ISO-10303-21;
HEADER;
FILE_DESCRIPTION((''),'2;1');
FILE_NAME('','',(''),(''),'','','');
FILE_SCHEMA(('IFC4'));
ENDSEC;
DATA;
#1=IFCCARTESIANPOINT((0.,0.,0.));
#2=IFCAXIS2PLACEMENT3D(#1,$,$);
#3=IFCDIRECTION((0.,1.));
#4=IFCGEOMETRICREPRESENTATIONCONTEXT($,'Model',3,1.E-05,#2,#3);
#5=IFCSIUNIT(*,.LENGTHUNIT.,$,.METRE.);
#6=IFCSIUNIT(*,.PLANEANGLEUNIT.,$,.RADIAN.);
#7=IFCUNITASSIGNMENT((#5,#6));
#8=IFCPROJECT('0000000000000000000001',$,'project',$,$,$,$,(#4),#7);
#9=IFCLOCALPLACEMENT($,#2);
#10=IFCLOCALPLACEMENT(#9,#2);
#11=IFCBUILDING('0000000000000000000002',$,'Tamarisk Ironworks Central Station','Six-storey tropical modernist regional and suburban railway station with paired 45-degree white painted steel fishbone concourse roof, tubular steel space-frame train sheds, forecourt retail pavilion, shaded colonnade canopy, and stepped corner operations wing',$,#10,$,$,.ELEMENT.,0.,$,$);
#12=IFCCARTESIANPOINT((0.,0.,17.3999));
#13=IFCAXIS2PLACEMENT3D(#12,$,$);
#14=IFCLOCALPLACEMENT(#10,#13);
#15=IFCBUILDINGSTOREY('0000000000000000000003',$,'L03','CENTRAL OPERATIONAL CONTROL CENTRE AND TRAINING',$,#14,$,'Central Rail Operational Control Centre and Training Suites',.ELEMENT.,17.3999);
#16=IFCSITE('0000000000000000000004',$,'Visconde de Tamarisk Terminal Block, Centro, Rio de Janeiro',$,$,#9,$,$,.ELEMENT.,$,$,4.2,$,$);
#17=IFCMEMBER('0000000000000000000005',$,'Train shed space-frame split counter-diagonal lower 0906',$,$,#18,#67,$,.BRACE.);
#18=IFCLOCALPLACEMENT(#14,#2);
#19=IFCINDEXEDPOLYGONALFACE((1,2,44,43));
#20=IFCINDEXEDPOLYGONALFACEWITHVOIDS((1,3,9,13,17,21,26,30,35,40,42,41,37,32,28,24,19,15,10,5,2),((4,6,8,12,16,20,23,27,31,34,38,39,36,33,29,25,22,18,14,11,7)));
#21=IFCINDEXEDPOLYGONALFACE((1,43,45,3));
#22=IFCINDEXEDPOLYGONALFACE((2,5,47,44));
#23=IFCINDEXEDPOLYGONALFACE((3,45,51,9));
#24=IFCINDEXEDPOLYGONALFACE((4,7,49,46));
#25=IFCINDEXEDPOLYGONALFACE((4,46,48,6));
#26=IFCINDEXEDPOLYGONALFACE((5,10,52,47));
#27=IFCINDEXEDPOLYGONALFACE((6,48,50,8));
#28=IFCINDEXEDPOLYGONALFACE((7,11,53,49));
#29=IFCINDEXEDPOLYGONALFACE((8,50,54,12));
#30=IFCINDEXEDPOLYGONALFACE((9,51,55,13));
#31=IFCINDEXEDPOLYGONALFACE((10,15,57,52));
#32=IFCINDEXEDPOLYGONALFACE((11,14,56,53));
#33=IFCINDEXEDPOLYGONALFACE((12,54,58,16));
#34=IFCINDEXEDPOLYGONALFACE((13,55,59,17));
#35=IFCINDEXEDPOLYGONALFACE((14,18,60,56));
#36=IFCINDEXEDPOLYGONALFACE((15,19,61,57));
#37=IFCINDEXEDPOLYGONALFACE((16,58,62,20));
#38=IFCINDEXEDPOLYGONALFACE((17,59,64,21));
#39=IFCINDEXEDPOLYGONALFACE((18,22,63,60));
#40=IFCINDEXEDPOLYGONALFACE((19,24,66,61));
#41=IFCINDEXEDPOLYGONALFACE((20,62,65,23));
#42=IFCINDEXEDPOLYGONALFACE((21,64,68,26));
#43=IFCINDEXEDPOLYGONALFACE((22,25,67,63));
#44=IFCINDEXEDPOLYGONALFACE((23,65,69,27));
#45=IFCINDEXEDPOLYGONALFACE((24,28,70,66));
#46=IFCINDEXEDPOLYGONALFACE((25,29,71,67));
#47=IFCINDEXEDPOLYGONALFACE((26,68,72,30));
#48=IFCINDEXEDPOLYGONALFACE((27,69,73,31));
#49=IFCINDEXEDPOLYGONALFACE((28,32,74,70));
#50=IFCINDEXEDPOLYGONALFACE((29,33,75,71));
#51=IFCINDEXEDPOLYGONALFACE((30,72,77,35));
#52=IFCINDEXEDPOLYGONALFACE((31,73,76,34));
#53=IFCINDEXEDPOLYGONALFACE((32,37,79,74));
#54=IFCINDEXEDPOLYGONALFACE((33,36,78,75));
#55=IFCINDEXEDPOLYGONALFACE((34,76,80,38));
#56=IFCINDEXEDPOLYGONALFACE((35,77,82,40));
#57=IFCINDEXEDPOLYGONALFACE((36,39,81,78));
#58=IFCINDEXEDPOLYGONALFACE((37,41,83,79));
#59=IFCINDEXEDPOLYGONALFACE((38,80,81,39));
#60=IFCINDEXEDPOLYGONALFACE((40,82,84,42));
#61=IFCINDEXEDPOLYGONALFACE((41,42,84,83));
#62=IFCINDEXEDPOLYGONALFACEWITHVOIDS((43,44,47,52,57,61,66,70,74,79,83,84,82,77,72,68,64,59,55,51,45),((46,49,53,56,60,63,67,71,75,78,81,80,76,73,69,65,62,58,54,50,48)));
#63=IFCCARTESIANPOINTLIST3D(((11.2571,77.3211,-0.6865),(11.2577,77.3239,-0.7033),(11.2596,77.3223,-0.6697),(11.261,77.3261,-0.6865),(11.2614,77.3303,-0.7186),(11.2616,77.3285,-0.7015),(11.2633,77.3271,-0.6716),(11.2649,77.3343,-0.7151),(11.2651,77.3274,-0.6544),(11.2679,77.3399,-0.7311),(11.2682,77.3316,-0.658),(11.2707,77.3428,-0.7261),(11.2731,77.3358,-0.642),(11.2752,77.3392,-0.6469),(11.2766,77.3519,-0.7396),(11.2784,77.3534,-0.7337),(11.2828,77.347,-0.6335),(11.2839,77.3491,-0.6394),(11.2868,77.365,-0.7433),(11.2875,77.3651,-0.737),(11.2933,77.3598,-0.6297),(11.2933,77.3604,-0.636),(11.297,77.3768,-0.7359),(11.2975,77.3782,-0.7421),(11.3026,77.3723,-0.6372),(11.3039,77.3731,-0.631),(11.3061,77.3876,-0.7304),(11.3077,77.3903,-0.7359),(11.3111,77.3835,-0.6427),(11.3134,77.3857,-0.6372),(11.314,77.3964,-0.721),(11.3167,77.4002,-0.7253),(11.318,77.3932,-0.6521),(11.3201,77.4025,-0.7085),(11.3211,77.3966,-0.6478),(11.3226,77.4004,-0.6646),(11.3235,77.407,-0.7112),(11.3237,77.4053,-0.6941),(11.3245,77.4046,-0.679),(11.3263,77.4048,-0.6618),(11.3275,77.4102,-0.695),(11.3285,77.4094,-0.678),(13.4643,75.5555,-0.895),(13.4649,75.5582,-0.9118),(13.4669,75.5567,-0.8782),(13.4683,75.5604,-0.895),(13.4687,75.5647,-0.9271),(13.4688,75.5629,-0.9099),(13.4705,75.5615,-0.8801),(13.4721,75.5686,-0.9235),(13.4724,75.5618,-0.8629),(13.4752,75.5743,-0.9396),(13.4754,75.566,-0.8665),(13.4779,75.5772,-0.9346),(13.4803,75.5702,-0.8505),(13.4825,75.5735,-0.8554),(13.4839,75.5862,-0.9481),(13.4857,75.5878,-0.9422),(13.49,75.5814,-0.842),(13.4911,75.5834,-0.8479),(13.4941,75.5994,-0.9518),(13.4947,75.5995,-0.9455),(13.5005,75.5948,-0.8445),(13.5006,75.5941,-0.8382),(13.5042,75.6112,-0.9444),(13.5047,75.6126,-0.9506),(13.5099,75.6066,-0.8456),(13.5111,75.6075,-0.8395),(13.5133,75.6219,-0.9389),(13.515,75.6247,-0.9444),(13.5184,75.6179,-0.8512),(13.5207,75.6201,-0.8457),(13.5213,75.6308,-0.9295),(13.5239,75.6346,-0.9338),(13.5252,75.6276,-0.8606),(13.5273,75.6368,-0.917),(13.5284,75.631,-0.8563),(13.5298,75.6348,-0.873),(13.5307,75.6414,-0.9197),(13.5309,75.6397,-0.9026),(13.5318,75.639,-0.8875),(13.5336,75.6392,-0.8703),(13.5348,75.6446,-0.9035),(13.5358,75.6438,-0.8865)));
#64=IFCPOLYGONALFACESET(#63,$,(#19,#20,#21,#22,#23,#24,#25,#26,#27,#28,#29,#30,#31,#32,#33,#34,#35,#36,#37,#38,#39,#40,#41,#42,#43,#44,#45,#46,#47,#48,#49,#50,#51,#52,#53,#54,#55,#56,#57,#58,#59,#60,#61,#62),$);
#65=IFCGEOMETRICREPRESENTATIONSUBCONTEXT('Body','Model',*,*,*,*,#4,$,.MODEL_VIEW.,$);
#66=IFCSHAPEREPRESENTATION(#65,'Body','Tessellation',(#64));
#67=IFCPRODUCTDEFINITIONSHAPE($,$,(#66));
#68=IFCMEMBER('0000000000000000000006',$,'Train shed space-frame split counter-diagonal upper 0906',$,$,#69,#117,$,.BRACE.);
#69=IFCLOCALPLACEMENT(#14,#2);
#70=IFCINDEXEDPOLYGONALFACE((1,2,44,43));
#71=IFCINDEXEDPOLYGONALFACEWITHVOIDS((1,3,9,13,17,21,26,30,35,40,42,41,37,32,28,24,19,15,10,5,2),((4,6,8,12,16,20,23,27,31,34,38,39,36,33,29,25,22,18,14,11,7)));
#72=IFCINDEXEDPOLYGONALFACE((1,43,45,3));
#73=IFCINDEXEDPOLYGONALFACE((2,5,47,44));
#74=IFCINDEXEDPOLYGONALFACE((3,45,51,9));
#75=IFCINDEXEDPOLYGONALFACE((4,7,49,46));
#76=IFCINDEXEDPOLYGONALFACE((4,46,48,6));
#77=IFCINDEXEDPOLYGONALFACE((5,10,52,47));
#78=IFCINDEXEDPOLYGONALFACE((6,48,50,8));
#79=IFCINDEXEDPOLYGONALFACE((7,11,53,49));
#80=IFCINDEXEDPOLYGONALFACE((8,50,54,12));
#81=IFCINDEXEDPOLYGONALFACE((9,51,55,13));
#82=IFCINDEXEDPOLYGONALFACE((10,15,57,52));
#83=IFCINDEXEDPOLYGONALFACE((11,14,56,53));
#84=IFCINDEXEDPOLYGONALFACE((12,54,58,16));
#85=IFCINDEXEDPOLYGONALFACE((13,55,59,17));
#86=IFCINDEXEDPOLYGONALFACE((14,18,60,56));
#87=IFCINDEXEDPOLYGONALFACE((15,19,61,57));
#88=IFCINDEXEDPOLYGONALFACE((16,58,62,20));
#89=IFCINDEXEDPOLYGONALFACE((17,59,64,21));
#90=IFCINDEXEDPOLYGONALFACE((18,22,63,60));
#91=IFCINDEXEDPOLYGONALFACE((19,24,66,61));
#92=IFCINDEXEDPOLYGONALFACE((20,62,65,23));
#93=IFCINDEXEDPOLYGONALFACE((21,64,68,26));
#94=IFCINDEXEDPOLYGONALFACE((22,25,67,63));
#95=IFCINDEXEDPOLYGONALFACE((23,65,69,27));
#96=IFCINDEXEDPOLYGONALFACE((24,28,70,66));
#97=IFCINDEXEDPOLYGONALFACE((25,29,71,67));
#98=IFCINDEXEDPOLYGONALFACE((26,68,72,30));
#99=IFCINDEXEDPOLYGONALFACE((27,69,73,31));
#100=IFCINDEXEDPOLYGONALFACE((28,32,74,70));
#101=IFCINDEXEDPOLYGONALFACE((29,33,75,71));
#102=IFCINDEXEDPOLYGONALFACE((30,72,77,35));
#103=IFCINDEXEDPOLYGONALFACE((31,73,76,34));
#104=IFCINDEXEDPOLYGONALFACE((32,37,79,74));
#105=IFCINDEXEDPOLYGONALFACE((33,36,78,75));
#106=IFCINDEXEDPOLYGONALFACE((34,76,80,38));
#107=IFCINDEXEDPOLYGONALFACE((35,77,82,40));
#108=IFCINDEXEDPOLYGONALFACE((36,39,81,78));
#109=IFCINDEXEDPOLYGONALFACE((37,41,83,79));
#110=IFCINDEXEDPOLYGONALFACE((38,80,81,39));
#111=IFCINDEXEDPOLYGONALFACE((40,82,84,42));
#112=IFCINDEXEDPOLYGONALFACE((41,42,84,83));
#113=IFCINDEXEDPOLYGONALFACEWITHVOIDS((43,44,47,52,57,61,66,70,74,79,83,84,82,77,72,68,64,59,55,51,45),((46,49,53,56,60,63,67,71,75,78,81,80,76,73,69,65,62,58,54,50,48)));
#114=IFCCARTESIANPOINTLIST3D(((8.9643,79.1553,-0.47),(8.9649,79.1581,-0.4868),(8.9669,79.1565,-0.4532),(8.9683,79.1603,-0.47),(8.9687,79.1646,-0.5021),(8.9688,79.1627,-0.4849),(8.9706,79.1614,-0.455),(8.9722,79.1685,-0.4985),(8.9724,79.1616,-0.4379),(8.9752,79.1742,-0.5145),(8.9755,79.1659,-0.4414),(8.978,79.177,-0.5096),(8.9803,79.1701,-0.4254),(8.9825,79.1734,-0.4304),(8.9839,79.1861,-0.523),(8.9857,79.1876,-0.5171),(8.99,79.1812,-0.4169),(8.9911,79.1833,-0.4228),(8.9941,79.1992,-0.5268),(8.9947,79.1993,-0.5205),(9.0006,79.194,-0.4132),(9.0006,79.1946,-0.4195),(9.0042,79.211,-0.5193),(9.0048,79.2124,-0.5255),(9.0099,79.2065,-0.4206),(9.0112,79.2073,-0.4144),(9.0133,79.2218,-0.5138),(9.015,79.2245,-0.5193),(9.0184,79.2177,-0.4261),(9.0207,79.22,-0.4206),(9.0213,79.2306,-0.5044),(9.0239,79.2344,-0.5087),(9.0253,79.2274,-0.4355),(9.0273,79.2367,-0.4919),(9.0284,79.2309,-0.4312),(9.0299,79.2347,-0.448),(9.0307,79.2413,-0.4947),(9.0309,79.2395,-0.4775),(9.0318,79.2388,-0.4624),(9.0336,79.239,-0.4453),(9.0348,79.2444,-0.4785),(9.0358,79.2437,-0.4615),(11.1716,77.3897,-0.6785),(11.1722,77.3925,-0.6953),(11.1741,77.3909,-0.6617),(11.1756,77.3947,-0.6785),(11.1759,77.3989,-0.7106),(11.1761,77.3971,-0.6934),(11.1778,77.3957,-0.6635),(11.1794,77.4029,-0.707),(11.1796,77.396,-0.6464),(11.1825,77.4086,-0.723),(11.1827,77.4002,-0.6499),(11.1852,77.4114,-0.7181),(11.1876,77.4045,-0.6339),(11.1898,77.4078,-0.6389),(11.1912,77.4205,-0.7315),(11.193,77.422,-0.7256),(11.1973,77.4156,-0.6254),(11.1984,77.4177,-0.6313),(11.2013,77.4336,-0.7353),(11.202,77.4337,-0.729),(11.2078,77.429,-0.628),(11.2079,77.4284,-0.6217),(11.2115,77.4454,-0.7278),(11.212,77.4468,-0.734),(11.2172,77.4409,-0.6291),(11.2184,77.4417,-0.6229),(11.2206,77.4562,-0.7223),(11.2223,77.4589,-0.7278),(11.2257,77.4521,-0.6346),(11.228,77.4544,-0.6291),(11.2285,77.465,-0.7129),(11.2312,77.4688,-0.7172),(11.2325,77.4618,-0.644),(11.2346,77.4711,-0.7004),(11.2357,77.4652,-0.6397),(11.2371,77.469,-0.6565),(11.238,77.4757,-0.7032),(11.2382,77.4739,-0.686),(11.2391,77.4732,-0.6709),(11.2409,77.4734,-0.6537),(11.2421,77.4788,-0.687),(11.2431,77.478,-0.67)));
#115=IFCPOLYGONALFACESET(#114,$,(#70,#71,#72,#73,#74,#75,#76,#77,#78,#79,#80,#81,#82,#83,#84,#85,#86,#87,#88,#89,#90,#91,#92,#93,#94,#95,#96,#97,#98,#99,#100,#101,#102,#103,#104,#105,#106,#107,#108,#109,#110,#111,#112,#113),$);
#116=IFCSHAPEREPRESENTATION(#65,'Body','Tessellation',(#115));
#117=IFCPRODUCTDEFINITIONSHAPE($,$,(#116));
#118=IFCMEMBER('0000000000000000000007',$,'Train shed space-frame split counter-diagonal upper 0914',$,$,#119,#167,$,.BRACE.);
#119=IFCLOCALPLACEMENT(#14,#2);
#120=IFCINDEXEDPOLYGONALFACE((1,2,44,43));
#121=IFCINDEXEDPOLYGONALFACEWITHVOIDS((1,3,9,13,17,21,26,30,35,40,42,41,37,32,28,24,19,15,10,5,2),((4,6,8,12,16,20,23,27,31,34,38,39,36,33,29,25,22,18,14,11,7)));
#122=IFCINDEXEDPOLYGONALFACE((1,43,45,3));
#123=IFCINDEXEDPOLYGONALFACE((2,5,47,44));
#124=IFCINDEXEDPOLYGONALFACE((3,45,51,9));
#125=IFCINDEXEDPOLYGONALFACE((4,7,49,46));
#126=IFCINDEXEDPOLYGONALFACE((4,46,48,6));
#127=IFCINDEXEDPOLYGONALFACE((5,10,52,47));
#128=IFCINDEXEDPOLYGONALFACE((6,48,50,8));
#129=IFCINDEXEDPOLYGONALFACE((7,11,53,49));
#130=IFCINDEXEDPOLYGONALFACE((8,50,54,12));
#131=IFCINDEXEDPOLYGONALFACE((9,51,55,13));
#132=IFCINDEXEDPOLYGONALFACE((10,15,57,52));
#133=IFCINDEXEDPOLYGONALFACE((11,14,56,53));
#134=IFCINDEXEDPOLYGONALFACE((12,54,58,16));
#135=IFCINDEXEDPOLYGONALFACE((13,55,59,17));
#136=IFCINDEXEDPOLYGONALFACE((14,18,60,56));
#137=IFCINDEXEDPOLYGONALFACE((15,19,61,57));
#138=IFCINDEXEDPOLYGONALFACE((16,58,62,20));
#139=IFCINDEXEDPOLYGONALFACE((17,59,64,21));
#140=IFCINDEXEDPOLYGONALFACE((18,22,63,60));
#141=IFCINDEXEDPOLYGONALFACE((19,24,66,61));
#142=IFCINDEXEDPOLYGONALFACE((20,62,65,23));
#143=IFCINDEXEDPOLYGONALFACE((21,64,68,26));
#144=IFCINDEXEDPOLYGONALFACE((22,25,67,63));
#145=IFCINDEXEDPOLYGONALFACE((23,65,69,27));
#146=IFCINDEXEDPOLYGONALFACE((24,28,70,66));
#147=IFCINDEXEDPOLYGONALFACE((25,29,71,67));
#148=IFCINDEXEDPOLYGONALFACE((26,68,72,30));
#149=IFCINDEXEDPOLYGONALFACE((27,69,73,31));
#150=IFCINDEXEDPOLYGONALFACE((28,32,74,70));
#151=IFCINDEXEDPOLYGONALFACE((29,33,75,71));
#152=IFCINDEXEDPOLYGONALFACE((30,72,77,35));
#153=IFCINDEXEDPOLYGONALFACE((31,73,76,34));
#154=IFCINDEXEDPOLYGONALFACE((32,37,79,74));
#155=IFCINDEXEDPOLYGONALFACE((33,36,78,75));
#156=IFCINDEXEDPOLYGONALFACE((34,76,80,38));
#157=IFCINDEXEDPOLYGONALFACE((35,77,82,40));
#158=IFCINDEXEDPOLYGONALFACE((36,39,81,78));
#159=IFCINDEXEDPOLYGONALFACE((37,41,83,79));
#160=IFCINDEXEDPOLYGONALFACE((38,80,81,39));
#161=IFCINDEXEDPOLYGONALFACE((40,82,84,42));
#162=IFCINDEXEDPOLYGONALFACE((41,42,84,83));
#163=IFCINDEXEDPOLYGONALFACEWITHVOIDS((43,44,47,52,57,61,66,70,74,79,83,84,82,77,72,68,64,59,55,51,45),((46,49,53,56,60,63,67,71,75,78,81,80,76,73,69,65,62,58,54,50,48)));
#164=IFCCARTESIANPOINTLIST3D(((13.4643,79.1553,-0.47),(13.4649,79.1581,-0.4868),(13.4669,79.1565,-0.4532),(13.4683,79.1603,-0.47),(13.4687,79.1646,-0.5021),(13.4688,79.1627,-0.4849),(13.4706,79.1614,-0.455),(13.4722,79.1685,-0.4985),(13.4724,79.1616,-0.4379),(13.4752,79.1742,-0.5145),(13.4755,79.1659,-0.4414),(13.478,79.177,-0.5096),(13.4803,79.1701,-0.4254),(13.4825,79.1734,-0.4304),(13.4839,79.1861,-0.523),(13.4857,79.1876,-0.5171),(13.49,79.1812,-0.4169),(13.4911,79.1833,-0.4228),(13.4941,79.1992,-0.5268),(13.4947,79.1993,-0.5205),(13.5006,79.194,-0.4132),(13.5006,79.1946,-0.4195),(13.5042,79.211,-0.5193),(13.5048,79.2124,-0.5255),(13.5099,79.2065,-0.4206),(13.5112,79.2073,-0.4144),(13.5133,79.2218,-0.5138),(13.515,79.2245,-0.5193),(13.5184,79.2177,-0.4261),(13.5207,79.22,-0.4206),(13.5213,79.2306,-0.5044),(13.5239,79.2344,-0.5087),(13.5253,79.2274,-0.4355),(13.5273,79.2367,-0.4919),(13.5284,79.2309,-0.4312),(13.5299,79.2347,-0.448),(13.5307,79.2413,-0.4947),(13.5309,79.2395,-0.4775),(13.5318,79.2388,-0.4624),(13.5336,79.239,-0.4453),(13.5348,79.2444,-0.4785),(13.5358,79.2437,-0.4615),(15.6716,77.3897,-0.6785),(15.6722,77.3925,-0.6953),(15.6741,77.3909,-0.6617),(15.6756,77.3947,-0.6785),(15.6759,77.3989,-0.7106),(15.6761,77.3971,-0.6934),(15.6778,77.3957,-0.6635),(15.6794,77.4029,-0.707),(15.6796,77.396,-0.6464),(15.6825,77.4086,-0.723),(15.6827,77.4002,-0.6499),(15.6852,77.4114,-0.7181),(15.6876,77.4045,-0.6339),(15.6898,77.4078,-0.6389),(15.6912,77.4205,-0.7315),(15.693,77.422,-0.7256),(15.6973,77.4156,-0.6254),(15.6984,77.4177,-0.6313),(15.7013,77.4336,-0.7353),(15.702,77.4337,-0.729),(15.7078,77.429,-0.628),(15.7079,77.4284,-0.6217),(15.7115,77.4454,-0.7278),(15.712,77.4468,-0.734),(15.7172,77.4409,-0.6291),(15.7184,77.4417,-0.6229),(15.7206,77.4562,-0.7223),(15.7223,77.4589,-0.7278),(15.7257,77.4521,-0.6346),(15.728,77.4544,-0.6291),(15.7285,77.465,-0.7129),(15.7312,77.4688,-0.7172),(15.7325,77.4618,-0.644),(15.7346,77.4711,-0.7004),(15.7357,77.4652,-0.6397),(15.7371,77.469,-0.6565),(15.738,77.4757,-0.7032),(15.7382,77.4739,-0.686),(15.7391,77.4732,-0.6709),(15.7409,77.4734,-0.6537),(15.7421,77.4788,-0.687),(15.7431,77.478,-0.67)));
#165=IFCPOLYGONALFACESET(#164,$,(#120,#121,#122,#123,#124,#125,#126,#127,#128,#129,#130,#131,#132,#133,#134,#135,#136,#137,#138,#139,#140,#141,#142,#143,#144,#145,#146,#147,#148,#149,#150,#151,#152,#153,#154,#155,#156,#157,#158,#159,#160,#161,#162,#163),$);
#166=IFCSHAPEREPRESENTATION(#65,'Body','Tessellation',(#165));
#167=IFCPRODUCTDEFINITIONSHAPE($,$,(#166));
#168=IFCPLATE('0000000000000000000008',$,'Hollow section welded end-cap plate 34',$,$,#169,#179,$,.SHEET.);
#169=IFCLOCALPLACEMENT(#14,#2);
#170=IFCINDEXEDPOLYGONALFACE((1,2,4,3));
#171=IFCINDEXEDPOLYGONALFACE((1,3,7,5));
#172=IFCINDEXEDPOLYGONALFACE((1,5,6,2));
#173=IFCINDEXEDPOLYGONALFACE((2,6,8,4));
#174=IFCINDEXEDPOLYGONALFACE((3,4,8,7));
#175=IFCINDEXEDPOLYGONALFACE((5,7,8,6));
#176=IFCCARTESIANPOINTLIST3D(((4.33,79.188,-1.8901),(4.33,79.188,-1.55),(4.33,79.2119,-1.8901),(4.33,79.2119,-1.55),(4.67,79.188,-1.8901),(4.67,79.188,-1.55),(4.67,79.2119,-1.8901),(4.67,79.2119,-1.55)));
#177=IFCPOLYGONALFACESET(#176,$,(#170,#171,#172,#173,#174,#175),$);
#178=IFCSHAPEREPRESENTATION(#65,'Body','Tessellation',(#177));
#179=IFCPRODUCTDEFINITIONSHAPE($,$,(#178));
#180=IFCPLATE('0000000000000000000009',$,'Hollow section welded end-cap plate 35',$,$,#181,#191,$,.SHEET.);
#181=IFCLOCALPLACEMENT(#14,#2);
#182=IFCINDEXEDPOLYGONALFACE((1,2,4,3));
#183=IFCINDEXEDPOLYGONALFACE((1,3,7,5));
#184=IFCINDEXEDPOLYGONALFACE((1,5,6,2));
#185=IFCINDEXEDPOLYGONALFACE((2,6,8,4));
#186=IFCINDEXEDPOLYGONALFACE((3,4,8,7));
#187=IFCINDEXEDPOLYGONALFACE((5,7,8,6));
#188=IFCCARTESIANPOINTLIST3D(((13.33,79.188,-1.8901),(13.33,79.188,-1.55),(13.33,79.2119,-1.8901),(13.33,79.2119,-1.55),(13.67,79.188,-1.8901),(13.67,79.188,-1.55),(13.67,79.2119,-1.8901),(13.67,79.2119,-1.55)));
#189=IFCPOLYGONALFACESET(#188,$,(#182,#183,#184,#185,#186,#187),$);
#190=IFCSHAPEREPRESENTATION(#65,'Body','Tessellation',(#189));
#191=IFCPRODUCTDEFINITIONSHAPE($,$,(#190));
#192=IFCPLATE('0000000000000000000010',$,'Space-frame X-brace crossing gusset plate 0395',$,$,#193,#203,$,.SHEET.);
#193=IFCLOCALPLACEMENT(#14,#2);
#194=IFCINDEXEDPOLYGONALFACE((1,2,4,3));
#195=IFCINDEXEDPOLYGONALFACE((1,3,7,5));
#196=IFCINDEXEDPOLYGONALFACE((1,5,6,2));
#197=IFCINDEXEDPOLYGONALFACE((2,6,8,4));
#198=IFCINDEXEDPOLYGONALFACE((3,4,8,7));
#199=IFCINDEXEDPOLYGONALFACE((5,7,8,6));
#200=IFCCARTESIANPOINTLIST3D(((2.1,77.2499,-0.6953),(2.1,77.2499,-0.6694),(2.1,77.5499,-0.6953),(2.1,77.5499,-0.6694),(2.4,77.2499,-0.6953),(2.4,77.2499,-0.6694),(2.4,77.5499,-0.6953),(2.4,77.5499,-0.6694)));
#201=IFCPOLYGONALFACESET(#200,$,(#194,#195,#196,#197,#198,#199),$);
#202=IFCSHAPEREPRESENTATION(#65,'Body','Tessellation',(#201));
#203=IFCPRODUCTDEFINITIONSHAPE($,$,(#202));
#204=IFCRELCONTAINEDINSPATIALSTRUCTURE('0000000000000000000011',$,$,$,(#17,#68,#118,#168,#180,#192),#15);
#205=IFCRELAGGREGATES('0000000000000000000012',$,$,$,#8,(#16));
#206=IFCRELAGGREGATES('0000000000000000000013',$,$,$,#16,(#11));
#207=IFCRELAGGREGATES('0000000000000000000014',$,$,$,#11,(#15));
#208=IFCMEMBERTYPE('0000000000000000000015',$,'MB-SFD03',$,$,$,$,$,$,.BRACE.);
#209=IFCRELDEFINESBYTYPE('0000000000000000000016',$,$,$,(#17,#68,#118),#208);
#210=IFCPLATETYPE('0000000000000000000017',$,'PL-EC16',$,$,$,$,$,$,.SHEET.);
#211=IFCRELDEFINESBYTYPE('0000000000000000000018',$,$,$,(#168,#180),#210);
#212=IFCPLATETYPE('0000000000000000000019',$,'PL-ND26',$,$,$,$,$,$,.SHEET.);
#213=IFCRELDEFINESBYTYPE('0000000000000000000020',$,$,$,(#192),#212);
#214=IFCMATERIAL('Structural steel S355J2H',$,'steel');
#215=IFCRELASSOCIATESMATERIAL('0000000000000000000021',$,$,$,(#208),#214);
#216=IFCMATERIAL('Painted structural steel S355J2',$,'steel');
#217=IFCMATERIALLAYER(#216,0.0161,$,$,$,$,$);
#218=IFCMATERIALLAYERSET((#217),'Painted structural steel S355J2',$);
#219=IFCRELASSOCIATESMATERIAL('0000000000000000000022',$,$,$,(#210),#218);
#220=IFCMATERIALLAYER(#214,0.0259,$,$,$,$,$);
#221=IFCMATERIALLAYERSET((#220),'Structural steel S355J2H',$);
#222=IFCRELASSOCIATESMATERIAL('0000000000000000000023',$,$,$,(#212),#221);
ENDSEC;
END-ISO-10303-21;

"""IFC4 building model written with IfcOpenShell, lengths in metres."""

from ifc_helpers import new_model, si_unit, direction, frame, origin, origin_2d, place, context, subcontext, project, spatial, rectangle, hollow_circle, extrude, material, layer, layer_set, material_profile, profile_set, type_object, element, save


model = new_model("IFC4")

# Units and contexts
model_context = context("Model", 3, precision=1e-05, world=origin(), true_north=direction((0.0, 1.0)))
body_context = subcontext(model_context, "Body", "Model", "MODEL_VIEW")
ifc_project = project(units=[si_unit("LENGTHUNIT", "METRE"), si_unit("PLANEANGLEUNIT", "RADIAN")], contexts=[model_context])

# Site, building, storey
site_placement = place(None, origin())
site = spatial("IfcSite", under=ifc_project, at=site_placement, Name="Visconde de Tamarisk Terminal Block, Centro, Rio de Janeiro", CompositionType="ELEMENT", RefElevation=4.2)
building_placement = place(site_placement, origin())
building = spatial("IfcBuilding", under=site, at=building_placement, Name="Tamarisk Ironworks Central Station", Description="Six-storey tropical modernist regional and suburban railway station with paired 45-degree white painted steel fishbone concourse roof, tubular steel space-frame train sheds, forecourt retail pavilion, shaded colonnade canopy, and stepped corner operations wing", CompositionType="ELEMENT", ElevationOfRefHeight=0.0)
storey_placement = place(building_placement, frame((0.0, 0.0, 17.3999)))
storey = spatial("IfcBuildingStorey", under=building, at=storey_placement, Name="L03", Description="CENTRAL OPERATIONAL CONTROL CENTRE AND TRAINING", LongName="Central Rail Operational Control Centre and Training Suites", CompositionType="ELEMENT", Elevation=17.3999)

# Members
ifc_material_1 = material(Name="Structural steel S355J2H", Category="steel")
ifc_material_profile_1 = material_profile(ifc_material_1, hollow_circle(Radius=0.0571, WallThickness=0.0063, at=origin_2d()), Name="CHS 114.3x6.3")
ifc_profile_set_1 = profile_set([ifc_material_profile_1], Name="Structural steel S355J2H")
member_type_1 = type_object("IfcMemberType", Name="MB-SFD03", PredefinedType="BRACE", material=ifc_profile_set_1)
for number, where, z_axis, x_axis, name in (
    (1, (13.5, 75.6001, -0.895), (-0.778787, 0.62296, 0.073563), (-0.624653, -0.780903, 0.0), "Train shed space-frame split counter-diagonal lower 0906"),
    (2, (11.2073, 77.4343, -0.6785), (-0.778787, 0.62296, 0.073563), (-0.624653, -0.780903, 0.0), "Train shed space-frame split counter-diagonal upper 0906"),
    (3, (15.7073, 77.4343, -0.6785), (-0.778787, 0.62296, 0.073563), (-0.624653, -0.780903, 0.0), "Train shed space-frame split counter-diagonal upper 0914"),
):
    element("IfcMember", number, at=place(storey_placement, frame(where, z_axis=z_axis, x_axis=x_axis)), inside=storey, type_object=member_type_1, Name=name, PredefinedType="BRACE", context=body_context, shape_type="SweptSolid", body=[
        extrude(hollow_circle(Radius=0.0571, WallThickness=0.0063, at=origin_2d()), origin(), (0.0, 0.0, 1.0), 2.8342),
    ])

# Plates
ifc_material_2 = material(Name="Painted structural steel S355J2", Category="steel")
ifc_layer_1 = layer(ifc_material_2, 0.0161)
ifc_layer_set_1 = layer_set([ifc_layer_1], Name="Painted structural steel S355J2")
plate_type_1 = type_object("IfcPlateType", Name="PL-EC16", PredefinedType="SHEET", material=ifc_layer_set_1)
for number, where, z_axis, x_axis, name in (
    (4, (4.5, 79.2, -1.8901), (0.0, 0.0, 1.0), (1.0, 0.0, 0.0), "Hollow section welded end-cap plate 34"),
    (5, (13.5, 79.2, -1.8901), (0.0, 0.0, 1.0), (1.0, 0.0, 0.0), "Hollow section welded end-cap plate 35"),
):
    element("IfcPlate", number, at=place(storey_placement, frame(where, z_axis=z_axis, x_axis=x_axis)), inside=storey, type_object=plate_type_1, Name=name, PredefinedType="SHEET", context=body_context, shape_type="SweptSolid", body=[
        extrude(rectangle(XDim=0.3401, YDim=0.0239, at=origin_2d()), origin(), (0.0, 0.0, 1.0), 0.3401),
    ])
ifc_layer_2 = layer(ifc_material_1, 0.0259)
ifc_layer_set_2 = layer_set([ifc_layer_2], Name="Structural steel S355J2H")
plate_type_2 = type_object("IfcPlateType", Name="PL-ND26", PredefinedType="SHEET", material=ifc_layer_set_2)
plate_1_placement = place(storey_placement, frame((2.25, 77.3999, -0.6953), z_axis=(0.0, 0.0, 1.0), x_axis=(1.0, 0.0, 0.0)))
element("IfcPlate", 6, at=plate_1_placement, inside=storey, type_object=plate_type_2, Name="Space-frame X-brace crossing gusset plate 0395", PredefinedType="SHEET", context=body_context, shape_type="SweptSolid", body=[
    extrude(rectangle(XDim=0.3, YDim=0.3, at=origin_2d()), origin(), (0.0, 0.0, 1.0), 0.0259),
])

save(model, "model.ifc")
